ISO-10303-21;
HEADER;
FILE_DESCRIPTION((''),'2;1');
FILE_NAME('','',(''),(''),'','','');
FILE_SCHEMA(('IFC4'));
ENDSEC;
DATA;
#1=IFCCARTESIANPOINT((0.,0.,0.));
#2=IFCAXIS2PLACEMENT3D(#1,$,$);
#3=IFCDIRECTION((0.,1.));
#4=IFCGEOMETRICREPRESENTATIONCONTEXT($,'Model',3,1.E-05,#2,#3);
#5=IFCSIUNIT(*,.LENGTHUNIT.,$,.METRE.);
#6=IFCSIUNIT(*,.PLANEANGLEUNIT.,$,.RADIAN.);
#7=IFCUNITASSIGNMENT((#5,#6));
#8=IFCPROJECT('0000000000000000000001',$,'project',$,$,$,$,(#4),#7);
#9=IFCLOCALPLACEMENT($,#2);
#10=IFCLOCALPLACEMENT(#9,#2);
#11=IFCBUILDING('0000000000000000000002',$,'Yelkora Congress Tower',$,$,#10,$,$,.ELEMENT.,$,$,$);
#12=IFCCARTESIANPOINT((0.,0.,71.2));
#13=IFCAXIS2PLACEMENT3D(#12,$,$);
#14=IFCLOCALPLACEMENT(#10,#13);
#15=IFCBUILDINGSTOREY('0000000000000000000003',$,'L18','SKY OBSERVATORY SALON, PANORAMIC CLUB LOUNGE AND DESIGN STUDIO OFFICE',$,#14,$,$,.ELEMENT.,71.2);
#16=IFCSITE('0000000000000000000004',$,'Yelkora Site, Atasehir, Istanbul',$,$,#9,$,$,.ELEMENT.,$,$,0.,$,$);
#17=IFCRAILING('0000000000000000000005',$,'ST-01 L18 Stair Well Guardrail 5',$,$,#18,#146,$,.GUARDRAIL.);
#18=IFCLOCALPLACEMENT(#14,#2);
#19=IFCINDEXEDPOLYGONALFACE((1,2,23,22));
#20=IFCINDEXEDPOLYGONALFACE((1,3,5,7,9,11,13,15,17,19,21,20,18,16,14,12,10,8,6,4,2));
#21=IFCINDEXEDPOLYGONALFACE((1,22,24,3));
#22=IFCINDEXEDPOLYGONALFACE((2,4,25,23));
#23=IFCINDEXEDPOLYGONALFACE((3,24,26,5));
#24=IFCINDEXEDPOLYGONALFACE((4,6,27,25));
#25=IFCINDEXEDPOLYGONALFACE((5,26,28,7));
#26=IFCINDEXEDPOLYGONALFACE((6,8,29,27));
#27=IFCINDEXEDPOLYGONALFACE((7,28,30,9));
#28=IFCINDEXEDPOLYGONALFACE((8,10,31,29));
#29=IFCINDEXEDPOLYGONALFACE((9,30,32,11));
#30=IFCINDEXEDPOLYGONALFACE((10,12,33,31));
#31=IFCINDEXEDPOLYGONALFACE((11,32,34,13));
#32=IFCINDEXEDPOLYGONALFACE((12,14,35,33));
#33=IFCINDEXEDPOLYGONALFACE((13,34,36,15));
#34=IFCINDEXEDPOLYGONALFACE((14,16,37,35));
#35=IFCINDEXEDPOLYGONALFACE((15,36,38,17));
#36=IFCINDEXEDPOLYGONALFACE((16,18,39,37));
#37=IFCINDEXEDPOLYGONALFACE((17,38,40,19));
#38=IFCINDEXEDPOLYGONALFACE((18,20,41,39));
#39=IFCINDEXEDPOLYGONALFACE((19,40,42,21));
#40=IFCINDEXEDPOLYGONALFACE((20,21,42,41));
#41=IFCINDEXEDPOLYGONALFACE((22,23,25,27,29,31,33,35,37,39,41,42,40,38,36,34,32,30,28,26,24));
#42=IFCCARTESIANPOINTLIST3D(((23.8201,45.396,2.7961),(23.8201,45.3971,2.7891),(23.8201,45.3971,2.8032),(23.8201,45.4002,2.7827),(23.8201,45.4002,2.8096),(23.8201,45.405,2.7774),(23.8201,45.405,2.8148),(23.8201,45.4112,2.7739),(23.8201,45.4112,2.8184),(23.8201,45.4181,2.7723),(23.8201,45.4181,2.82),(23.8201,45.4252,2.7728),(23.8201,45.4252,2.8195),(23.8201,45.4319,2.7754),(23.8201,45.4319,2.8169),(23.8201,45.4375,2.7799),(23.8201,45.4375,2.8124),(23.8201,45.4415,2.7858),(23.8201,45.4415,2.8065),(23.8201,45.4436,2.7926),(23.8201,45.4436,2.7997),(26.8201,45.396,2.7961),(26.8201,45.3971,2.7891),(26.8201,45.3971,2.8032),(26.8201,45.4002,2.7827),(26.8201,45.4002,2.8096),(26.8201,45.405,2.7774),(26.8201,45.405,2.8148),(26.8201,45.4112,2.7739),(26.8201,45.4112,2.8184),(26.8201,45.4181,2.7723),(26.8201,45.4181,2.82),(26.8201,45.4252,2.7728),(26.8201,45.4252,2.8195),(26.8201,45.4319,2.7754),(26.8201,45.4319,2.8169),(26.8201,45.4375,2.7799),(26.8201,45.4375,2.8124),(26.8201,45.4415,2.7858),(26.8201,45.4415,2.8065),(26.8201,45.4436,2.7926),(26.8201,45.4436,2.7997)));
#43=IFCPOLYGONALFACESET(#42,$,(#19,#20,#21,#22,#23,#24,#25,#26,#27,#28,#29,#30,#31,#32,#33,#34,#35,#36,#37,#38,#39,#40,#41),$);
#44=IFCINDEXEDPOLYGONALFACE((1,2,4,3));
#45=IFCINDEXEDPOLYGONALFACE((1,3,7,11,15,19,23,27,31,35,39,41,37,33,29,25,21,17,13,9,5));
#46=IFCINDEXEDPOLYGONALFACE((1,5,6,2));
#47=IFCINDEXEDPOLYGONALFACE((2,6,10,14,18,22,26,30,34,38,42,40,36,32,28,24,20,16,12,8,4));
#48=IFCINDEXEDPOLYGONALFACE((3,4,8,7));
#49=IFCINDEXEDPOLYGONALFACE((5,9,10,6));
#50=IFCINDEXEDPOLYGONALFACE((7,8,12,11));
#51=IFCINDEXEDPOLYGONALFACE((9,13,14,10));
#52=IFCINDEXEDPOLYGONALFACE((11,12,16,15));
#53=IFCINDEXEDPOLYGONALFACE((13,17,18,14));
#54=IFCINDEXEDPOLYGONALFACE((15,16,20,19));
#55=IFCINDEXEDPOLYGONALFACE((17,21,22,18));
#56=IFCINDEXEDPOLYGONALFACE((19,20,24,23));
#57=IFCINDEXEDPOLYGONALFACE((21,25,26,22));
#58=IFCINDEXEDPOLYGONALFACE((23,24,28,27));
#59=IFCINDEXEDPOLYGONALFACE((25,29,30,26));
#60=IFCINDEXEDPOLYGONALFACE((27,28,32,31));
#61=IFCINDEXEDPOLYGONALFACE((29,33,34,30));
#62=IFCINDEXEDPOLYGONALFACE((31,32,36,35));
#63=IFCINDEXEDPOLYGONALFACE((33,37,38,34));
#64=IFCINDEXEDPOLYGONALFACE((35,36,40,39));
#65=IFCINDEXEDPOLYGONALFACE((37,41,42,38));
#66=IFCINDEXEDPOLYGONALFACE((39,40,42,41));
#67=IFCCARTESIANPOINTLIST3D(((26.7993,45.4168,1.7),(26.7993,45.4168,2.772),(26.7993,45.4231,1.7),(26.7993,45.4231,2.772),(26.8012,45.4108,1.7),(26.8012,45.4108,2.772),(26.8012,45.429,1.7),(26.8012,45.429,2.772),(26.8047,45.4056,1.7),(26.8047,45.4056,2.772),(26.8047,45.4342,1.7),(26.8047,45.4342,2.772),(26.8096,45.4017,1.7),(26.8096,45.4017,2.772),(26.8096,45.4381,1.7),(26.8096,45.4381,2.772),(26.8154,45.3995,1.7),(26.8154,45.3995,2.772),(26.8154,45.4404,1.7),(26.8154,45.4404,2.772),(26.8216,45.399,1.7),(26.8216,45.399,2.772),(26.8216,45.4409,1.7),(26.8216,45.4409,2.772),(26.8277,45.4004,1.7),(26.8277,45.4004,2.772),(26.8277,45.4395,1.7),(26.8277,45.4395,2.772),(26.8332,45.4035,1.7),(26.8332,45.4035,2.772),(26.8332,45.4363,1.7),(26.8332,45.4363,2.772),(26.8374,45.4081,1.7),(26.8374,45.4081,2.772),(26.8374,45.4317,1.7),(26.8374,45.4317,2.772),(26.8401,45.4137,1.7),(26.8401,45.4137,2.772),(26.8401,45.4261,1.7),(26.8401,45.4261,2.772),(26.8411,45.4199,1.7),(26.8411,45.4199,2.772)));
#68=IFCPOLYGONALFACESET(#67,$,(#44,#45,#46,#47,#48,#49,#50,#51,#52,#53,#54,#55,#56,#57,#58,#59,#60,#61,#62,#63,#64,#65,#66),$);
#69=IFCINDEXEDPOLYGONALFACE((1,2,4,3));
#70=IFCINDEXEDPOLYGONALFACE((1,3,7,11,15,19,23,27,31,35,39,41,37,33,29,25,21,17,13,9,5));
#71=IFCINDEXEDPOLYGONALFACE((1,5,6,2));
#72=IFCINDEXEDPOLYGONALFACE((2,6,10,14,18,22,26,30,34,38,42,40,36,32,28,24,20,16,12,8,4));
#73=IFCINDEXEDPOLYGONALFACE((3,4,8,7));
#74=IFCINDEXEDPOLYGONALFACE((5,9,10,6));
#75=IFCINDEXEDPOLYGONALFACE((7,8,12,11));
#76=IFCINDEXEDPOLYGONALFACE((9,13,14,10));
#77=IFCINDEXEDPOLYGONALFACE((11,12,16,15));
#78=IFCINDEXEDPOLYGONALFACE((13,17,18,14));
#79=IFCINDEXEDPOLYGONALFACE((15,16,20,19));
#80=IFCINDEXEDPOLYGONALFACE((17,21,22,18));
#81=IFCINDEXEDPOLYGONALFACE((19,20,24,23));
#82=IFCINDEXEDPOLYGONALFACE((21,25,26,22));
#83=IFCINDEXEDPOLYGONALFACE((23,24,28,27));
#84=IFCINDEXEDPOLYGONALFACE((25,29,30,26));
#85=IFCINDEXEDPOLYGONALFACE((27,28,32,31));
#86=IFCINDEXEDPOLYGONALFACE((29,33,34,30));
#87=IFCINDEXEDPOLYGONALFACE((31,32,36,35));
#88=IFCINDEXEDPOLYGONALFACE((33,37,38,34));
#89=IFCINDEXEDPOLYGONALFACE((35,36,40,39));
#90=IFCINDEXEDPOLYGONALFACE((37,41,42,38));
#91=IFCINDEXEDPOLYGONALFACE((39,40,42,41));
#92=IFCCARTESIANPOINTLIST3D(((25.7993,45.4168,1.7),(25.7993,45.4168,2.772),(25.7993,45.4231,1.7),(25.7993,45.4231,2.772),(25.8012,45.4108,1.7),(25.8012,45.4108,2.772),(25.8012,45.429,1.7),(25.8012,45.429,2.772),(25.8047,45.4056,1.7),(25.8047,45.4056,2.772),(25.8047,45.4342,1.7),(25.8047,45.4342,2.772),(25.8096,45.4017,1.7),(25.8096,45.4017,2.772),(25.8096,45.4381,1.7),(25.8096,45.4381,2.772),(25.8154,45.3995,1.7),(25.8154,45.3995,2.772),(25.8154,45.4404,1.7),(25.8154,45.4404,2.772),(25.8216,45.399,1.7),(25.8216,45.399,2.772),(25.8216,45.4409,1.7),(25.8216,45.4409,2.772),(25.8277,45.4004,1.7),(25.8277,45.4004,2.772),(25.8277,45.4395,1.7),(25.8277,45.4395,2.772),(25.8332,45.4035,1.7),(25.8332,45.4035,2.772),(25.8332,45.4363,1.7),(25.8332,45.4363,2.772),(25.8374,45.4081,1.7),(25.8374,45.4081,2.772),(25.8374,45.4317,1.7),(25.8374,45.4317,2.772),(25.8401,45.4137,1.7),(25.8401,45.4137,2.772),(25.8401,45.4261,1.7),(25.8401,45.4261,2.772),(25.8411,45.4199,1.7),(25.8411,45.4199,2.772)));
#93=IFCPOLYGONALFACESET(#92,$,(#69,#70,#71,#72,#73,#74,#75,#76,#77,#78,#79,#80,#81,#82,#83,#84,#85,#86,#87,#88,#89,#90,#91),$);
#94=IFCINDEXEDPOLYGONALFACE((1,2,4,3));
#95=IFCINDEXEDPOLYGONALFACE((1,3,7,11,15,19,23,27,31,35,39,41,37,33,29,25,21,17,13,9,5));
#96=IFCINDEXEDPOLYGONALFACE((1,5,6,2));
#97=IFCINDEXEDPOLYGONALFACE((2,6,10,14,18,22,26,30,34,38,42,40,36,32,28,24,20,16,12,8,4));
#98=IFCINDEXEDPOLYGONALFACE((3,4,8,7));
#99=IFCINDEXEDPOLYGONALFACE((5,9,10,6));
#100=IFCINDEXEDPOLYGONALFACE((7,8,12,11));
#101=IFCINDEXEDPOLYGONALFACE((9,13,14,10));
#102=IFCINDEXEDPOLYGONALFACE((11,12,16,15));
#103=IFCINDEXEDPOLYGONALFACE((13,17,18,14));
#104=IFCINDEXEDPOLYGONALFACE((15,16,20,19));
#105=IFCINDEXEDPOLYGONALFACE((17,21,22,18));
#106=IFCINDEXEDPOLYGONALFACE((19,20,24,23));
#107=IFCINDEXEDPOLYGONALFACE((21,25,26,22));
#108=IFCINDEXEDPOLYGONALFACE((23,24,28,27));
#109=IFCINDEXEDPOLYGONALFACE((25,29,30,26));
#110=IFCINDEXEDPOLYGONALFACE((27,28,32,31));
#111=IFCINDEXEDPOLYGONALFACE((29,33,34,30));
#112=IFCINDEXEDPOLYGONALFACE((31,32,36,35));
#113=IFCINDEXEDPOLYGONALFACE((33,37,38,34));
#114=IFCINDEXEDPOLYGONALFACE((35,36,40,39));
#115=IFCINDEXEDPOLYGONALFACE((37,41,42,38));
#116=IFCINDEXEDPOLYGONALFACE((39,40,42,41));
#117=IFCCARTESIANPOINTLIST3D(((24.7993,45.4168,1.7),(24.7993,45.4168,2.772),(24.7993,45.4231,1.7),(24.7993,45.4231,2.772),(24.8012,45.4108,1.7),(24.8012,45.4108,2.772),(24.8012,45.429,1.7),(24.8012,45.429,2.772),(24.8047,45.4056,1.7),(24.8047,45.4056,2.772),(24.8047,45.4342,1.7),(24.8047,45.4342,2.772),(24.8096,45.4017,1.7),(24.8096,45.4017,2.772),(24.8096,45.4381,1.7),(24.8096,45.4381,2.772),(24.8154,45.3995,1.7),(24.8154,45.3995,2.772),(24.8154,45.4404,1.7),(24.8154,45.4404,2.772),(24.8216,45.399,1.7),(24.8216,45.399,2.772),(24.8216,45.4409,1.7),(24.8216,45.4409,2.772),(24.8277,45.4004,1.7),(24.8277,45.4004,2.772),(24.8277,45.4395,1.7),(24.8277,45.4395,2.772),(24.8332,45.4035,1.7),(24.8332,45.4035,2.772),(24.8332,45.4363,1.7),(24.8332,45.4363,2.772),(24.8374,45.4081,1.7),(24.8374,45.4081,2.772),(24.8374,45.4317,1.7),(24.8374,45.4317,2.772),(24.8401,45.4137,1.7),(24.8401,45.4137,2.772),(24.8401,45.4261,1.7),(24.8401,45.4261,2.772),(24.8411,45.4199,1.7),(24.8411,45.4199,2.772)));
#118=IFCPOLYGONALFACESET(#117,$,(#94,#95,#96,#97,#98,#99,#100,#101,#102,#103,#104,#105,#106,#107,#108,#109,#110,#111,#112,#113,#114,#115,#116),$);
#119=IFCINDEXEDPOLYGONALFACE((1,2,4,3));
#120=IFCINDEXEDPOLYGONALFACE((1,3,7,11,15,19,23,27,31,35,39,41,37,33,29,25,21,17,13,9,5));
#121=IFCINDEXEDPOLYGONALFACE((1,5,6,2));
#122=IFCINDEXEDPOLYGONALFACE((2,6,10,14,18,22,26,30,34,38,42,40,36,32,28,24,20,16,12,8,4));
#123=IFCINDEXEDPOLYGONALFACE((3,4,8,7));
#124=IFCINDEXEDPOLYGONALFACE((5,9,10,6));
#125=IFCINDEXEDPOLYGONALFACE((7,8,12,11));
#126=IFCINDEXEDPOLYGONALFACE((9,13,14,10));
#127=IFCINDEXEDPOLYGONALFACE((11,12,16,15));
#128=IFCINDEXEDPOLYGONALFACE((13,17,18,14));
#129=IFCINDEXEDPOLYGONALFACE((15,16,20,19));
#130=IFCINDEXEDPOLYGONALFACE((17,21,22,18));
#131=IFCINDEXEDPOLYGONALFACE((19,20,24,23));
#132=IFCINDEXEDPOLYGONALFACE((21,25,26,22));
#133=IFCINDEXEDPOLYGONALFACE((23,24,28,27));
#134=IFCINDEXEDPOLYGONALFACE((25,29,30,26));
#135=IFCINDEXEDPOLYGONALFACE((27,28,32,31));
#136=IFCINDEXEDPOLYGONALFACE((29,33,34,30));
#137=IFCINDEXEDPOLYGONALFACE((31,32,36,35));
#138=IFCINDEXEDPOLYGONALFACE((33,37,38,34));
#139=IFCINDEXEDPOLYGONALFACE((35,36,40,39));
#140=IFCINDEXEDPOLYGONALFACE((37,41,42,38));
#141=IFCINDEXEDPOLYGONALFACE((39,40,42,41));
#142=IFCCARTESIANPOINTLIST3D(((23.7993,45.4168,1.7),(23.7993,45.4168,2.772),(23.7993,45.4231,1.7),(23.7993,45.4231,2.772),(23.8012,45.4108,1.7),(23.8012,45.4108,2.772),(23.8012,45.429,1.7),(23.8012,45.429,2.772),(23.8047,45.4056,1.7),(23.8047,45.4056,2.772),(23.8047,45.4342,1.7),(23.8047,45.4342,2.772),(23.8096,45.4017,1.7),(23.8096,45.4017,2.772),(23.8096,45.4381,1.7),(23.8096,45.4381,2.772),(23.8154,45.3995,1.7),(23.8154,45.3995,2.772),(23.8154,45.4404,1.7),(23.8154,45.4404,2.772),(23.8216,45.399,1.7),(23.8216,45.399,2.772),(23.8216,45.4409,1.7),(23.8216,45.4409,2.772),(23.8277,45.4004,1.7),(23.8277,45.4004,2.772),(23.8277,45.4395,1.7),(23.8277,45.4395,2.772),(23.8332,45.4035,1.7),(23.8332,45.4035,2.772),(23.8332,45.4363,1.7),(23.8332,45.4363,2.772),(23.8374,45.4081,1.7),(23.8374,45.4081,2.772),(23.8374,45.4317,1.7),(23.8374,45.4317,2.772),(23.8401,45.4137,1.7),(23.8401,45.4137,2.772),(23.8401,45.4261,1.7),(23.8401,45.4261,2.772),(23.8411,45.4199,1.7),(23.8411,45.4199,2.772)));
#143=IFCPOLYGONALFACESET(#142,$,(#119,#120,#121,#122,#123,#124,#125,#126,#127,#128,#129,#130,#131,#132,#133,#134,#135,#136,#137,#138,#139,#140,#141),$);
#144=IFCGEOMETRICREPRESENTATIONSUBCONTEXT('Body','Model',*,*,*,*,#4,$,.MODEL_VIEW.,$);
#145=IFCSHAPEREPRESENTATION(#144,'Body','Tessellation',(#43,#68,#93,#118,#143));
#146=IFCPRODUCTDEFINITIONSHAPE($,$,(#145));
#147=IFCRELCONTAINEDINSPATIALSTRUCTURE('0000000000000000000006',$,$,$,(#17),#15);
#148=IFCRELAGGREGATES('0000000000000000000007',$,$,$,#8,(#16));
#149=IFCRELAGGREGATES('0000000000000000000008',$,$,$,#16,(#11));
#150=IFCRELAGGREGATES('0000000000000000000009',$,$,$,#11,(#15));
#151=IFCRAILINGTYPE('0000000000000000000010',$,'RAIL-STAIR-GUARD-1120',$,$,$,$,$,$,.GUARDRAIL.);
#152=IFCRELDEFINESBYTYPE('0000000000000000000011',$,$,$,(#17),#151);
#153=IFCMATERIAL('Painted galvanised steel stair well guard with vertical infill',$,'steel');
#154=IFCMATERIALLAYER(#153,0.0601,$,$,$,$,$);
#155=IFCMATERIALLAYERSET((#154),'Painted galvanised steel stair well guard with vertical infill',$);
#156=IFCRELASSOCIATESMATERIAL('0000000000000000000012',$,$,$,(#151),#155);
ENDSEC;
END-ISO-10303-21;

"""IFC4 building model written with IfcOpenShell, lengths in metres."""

from ifc_helpers import new_model, si_unit, direction, frame, origin, origin_2d, place, context, subcontext, project, spatial, circle, extrude, material, layer, layer_set, type_object, element, save


model = new_model("IFC4")

# Units and contexts
model_context = context("Model", 3, precision=1e-05, world=origin(), true_north=direction((0.0, 1.0)))
body_context = subcontext(model_context, "Body", "Model", "MODEL_VIEW")
ifc_project = project(units=[si_unit("LENGTHUNIT", "METRE"), si_unit("PLANEANGLEUNIT", "RADIAN")], contexts=[model_context])

# Site, building, storey
site_placement = place(None, origin())
site = spatial("IfcSite", under=ifc_project, at=site_placement, Name="Yelkora Site, Atasehir, Istanbul", CompositionType="ELEMENT", RefElevation=0.0)
building_placement = place(site_placement, origin())
building = spatial("IfcBuilding", under=site, at=building_placement, Name="Yelkora Congress Tower", CompositionType="ELEMENT")
storey_placement = place(building_placement, frame((0.0, 0.0, 71.2)))
storey = spatial("IfcBuildingStorey", under=building, at=storey_placement, Name="L18", Description="SKY OBSERVATORY SALON, PANORAMIC CLUB LOUNGE AND DESIGN STUDIO OFFICE", CompositionType="ELEMENT", Elevation=71.2)

# Railing
ifc_material_1 = material(Name="Painted galvanised steel stair well guard with vertical infill", Category="steel")
ifc_layer_1 = layer(ifc_material_1, 0.0601)
ifc_layer_set_1 = layer_set([ifc_layer_1], Name="Painted galvanised steel stair well guard with vertical infill")
railing_type_1 = type_object("IfcRailingType", Name="RAIL-STAIR-GUARD-1120", PredefinedType="GUARDRAIL", material=ifc_layer_set_1)
railing_1_placement = place(storey_placement, frame((26.8201, 45.4199, 1.7)))
element("IfcRailing", 1, at=railing_1_placement, inside=storey, type_object=railing_type_1, Name="ST-01 L18 Stair Well Guardrail 5", PredefinedType="GUARDRAIL", context=body_context, shape_type="SweptSolid", body=[
    extrude(circle(Radius=0.0239, at=origin_2d()), frame((0.0, 0.0, 1.0962), z_axis=(-1.0, 0.0, 0.0), x_axis=(0.0, -1.0, 0.0)), (0.0, 0.0, 1.0), 3.0),
    extrude(circle(Radius=0.021, at=origin_2d()), origin(), (0.0, 0.0, 1.0), 1.072),
    extrude(circle(Radius=0.021, at=origin_2d()), frame((-1.0, 0.0, 0.0)), (0.0, 0.0, 1.0), 1.072),
    extrude(circle(Radius=0.021, at=origin_2d()), frame((-2.0, 0.0, 0.0)), (0.0, 0.0, 1.0), 1.072),
    extrude(circle(Radius=0.021, at=origin_2d()), frame((-3.0, 0.0, 0.0)), (0.0, 0.0, 1.0), 1.072),
])

save(model, "model.ifc")
